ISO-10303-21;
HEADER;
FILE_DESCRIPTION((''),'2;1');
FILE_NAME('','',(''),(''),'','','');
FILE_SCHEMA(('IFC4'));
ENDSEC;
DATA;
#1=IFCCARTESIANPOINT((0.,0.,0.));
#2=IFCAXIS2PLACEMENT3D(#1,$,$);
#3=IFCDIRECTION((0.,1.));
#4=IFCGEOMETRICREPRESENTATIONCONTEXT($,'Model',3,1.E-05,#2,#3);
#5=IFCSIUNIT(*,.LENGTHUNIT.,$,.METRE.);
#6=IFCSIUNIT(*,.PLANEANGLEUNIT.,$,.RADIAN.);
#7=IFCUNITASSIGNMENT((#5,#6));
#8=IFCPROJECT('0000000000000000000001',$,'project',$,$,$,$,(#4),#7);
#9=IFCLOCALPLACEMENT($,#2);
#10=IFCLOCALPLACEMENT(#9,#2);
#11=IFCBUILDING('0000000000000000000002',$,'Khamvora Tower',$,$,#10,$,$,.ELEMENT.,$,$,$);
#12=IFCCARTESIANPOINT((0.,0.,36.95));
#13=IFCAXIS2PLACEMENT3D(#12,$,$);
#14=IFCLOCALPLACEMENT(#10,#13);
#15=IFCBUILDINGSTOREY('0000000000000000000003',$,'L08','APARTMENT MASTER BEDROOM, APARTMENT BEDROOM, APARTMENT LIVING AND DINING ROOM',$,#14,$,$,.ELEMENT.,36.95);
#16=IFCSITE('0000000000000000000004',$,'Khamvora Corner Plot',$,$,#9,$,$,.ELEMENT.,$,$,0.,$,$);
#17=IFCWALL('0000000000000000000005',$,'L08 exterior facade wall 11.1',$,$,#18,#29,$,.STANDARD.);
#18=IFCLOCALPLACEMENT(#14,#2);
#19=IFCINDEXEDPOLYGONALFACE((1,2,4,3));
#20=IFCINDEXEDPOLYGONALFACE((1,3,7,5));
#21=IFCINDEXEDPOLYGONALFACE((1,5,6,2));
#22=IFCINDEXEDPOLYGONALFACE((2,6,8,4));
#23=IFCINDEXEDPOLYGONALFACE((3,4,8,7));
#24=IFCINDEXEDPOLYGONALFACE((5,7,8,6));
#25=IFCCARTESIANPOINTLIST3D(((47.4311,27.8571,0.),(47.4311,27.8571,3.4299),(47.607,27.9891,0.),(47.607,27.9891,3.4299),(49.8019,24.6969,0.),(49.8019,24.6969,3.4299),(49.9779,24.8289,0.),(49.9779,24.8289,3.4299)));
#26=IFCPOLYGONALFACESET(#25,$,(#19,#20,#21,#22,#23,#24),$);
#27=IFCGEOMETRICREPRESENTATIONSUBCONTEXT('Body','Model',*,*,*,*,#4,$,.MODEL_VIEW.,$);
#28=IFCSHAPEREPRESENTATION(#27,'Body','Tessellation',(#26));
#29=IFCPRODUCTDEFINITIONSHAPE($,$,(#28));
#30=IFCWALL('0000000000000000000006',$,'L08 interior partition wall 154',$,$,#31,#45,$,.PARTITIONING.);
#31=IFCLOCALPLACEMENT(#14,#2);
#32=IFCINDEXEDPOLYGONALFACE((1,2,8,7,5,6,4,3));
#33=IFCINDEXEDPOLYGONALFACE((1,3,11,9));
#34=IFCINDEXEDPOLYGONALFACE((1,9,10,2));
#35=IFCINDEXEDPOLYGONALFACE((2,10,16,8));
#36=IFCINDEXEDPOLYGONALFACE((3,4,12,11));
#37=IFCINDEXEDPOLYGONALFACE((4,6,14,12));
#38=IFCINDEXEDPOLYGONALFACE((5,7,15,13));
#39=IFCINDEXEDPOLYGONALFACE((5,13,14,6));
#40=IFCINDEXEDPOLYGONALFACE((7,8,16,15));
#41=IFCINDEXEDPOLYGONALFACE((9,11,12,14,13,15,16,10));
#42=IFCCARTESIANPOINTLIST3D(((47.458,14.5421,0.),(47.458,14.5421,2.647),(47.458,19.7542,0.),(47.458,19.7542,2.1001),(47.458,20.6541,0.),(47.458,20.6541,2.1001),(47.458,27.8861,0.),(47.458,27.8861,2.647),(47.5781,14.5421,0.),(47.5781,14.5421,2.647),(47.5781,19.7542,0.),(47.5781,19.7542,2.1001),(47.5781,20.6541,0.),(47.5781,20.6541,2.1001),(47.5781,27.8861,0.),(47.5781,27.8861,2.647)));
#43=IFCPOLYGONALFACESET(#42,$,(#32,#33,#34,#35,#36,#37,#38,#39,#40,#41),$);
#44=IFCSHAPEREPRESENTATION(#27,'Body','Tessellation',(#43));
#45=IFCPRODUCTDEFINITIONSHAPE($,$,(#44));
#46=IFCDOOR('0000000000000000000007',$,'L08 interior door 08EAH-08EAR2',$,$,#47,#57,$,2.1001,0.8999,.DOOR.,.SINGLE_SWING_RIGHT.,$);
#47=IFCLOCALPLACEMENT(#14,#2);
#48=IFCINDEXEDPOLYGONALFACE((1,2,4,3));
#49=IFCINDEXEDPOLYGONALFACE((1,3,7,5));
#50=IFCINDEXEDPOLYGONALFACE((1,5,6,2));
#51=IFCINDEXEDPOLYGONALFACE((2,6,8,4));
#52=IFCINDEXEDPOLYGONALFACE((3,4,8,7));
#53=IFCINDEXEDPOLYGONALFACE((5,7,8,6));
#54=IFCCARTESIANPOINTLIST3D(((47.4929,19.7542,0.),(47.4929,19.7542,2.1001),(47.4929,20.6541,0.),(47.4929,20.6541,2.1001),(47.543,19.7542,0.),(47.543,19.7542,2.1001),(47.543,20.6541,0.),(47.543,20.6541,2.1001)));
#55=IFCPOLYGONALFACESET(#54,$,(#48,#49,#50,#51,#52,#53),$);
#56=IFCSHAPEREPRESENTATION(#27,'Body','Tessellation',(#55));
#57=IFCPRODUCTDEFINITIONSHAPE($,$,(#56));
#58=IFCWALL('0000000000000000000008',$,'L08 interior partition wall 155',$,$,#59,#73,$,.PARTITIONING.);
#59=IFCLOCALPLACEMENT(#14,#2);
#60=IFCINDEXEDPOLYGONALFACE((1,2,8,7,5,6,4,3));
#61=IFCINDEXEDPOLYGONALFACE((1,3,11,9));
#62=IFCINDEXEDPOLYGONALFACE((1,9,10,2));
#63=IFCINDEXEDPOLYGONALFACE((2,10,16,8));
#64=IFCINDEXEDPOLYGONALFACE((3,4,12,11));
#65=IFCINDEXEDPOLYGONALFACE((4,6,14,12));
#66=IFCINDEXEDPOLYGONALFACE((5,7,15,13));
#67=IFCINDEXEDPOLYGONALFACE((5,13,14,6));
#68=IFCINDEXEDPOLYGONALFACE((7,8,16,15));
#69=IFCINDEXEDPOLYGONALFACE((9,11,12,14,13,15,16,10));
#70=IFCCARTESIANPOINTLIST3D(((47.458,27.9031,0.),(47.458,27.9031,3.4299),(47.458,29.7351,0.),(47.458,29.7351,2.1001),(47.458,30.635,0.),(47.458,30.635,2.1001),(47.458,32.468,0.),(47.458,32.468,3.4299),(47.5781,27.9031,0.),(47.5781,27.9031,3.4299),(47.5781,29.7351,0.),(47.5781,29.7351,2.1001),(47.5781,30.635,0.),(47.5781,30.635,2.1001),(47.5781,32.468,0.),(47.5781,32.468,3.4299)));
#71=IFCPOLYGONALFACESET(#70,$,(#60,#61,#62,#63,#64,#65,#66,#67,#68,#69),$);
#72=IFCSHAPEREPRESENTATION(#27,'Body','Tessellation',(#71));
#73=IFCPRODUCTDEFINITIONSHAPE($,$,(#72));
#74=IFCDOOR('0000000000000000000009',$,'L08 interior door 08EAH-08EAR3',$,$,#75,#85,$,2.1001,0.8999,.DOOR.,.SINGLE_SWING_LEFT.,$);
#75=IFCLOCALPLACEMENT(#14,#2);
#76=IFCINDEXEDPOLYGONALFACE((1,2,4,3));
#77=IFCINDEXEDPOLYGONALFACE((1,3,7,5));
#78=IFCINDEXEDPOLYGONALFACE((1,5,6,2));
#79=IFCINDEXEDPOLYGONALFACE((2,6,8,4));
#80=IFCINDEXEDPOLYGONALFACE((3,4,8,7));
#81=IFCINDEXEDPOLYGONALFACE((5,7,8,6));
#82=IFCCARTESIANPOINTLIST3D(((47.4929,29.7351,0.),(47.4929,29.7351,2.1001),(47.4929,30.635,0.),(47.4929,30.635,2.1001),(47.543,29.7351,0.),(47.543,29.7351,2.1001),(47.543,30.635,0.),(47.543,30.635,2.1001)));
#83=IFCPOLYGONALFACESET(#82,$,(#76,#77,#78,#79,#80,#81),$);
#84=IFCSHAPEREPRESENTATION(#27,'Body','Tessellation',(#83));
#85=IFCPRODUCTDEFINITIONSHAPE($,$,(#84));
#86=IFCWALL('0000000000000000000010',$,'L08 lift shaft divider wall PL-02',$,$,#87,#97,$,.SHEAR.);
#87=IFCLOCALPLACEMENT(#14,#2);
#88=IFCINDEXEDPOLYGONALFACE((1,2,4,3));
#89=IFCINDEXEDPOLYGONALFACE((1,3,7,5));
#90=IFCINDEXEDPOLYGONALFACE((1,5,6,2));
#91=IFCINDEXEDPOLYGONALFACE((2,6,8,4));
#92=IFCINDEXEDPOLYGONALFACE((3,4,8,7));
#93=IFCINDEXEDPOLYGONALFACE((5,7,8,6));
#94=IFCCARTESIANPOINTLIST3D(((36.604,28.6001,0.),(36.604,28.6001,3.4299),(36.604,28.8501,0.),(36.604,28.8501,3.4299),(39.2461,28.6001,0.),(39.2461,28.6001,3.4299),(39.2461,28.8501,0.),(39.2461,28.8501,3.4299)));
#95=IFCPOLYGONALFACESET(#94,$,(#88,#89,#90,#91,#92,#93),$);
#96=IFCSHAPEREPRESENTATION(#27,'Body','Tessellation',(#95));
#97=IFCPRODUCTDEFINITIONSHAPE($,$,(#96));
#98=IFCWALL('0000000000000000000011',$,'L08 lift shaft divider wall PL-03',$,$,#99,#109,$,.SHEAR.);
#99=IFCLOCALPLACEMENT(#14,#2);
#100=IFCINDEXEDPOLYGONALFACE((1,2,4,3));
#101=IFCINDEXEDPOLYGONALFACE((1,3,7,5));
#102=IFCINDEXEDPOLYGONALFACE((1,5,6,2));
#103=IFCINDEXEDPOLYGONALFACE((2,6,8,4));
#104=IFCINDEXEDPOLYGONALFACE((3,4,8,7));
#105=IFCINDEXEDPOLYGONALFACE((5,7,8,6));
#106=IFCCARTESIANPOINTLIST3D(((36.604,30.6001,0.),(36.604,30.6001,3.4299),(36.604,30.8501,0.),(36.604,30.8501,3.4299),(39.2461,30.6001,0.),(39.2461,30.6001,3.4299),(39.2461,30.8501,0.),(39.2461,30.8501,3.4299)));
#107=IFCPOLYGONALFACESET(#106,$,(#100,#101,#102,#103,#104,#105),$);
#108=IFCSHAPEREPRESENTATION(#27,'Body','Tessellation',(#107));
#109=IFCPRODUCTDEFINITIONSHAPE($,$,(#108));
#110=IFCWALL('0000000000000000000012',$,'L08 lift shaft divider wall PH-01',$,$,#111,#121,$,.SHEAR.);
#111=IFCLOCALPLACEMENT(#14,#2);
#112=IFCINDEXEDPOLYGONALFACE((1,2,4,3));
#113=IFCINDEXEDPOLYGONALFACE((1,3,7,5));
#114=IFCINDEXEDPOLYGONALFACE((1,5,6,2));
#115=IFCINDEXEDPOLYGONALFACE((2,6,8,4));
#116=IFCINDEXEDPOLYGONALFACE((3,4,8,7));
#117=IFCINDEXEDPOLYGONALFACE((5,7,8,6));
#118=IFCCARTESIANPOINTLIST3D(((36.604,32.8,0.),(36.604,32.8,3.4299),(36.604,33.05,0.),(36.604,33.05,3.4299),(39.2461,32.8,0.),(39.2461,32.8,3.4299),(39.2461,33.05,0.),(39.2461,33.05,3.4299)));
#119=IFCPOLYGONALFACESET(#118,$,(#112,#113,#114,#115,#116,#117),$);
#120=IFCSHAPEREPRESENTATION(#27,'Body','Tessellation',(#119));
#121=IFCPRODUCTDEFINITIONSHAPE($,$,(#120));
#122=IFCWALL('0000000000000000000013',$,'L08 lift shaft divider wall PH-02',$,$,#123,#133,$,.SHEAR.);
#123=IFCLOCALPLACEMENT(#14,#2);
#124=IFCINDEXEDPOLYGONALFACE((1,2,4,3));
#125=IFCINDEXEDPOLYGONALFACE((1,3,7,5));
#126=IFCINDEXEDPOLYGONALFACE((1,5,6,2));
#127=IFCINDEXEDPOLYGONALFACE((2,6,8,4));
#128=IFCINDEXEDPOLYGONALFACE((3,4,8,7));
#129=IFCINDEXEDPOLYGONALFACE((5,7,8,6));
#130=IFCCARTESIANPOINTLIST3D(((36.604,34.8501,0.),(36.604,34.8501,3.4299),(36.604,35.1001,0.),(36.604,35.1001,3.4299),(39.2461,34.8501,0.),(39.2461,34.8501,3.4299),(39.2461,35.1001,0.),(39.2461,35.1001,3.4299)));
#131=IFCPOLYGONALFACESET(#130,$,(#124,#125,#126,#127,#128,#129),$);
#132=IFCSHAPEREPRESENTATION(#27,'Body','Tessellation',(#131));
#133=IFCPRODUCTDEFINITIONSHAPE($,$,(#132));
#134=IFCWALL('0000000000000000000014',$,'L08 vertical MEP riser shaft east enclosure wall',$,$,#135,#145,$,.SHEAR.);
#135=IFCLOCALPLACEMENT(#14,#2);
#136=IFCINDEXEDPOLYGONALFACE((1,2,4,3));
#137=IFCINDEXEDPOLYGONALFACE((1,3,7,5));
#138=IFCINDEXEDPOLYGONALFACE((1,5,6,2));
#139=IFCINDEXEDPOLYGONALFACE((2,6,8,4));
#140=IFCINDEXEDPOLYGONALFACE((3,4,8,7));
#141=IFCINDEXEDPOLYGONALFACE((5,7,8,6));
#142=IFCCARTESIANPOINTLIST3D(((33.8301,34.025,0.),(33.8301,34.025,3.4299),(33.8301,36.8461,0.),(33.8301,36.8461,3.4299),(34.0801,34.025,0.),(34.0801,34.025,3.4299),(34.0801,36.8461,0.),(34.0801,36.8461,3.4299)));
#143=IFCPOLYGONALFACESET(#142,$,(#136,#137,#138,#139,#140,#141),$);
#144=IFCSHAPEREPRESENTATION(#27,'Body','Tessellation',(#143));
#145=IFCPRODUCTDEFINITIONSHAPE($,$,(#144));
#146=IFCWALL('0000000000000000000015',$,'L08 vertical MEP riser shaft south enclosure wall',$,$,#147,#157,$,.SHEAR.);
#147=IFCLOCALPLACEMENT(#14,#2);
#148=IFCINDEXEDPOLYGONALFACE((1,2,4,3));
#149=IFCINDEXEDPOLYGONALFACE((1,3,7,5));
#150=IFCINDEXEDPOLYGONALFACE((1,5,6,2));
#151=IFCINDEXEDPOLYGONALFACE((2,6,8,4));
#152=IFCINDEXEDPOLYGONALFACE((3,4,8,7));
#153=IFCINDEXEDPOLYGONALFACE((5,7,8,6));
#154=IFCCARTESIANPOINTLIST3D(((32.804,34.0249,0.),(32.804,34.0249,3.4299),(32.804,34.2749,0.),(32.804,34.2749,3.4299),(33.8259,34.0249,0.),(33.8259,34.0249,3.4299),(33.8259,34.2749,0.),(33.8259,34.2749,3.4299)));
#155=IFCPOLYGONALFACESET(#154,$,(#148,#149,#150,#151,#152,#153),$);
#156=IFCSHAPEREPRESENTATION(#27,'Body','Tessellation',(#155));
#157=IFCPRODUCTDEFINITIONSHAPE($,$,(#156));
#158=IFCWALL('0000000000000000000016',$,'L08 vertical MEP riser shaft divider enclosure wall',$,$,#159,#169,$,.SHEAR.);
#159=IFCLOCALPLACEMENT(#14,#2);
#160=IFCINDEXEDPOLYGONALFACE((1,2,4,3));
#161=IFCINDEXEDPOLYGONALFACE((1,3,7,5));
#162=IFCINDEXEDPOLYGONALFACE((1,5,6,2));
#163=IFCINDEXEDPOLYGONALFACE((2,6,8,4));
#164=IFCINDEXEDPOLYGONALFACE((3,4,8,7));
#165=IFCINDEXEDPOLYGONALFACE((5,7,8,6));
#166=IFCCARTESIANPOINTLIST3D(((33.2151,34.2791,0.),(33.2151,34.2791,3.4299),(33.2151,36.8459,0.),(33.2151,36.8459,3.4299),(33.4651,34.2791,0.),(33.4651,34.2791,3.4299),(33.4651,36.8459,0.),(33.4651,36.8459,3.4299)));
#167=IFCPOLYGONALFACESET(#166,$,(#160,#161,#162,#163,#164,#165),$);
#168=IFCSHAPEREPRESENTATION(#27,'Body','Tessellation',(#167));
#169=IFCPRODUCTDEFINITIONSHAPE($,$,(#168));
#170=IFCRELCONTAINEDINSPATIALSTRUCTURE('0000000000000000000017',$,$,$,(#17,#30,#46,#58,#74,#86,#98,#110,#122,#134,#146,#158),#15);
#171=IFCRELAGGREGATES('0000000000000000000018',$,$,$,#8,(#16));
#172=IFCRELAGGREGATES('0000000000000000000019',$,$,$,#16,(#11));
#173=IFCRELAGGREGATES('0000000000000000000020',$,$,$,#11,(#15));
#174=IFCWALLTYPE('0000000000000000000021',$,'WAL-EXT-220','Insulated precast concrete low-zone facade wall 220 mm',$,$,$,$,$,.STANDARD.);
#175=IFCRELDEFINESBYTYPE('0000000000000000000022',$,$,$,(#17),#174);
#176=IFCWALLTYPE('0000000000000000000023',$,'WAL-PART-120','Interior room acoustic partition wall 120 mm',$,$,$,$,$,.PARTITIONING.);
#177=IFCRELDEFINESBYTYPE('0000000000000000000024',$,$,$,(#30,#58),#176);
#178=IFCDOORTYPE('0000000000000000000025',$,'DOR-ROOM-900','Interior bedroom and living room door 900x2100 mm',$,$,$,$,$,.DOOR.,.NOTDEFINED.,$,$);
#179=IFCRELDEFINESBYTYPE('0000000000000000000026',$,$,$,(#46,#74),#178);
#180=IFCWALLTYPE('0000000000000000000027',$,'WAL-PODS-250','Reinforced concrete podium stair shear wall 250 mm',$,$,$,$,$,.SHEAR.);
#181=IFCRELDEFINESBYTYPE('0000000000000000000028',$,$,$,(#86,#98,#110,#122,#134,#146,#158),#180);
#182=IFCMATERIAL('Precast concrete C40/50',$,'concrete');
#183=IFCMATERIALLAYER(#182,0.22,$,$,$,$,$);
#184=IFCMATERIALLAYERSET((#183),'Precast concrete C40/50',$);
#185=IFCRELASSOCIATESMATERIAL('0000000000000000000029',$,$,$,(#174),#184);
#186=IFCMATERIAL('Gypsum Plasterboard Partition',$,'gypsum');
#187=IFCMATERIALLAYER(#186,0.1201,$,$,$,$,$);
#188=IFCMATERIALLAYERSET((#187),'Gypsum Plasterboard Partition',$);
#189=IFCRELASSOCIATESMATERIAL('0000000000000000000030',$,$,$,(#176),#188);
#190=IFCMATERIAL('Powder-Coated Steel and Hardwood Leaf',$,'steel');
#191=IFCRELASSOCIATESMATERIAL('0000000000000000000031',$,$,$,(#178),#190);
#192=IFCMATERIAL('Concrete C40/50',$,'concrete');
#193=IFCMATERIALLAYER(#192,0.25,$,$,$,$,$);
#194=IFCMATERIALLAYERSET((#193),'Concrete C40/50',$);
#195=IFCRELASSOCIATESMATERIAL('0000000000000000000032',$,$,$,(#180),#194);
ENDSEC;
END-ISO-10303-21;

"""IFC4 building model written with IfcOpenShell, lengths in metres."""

from ifc_helpers import new_model, si_unit, direction, frame, frame_2d, origin, place, context, subcontext, project, spatial, rectangle, extrude, material, layer, layer_set, type_object, element, fill, save


model = new_model("IFC4")

# Units and contexts
model_context = context("Model", 3, precision=1e-05, world=origin(), true_north=direction((0.0, 1.0)))
body_context = subcontext(model_context, "Body", "Model", "MODEL_VIEW")
ifc_project = project(units=[si_unit("LENGTHUNIT", "METRE"), si_unit("PLANEANGLEUNIT", "RADIAN")], contexts=[model_context])

# Site, building, storey
site_placement = place(None, origin())
site = spatial("IfcSite", under=ifc_project, at=site_placement, Name="Khamvora Corner Plot", CompositionType="ELEMENT", RefElevation=0.0)
building_placement = place(site_placement, origin())
building = spatial("IfcBuilding", under=site, at=building_placement, Name="Khamvora Tower", CompositionType="ELEMENT")
storey_placement = place(building_placement, frame((0.0, 0.0, 36.95)))
storey = spatial("IfcBuildingStorey", under=building, at=storey_placement, Name="L08", Description="APARTMENT MASTER BEDROOM, APARTMENT BEDROOM, APARTMENT LIVING AND DINING ROOM", CompositionType="ELEMENT", Elevation=36.95)

# Shared definitions
ifc_material_1 = material(Name="Powder-Coated Steel and Hardwood Leaf", Category="steel")

# Wall
ifc_material_2 = material(Name="Precast concrete C40/50", Category="concrete")
ifc_layer_1 = layer(ifc_material_2, 0.22)
ifc_layer_set_1 = layer_set([ifc_layer_1], Name="Precast concrete C40/50")
wall_type_1 = type_object("IfcWallType", Name="WAL-EXT-220", Description="Insulated precast concrete low-zone facade wall 220 mm", PredefinedType="STANDARD", material=ifc_layer_set_1)
wall_1_placement = place(storey_placement, frame((47.519, 27.9231, 0.0), z_axis=(0.0, 0.0, 1.0), x_axis=(0.600119, -0.799911, 0.0)))
element("IfcWall", 1, at=wall_1_placement, inside=storey, type_object=wall_type_1, Name="L08 exterior facade wall 11.1", PredefinedType="STANDARD", context=body_context, shape_type="SweptSolid", body=[
    extrude(rectangle(XDim=3.9507, YDim=0.22, at=frame_2d((1.9753, 0.0))), origin(), (0.0, 0.0, 1.0), 3.4299),
])

# Walls, openings, doors
ifc_material_3 = material(Name="Gypsum Plasterboard Partition", Category="gypsum")
ifc_layer_2 = layer(ifc_material_3, 0.1201)
ifc_layer_set_2 = layer_set([ifc_layer_2], Name="Gypsum Plasterboard Partition")
wall_type_2 = type_object("IfcWallType", Name="WAL-PART-120", Description="Interior room acoustic partition wall 120 mm", PredefinedType="PARTITIONING", material=ifc_layer_set_2)
wall_2_placement = place(storey_placement, frame((47.5181, 27.886, 0.0), z_axis=(0.0, 0.0, 1.0), x_axis=(0.0, -1.0, 0.0)))
wall_2 = element("IfcWall", 2, at=wall_2_placement, inside=storey, type_object=wall_type_2, Name="L08 interior partition wall 154", PredefinedType="PARTITIONING", context=body_context, shape_type="SweptSolid", body=[
    extrude(rectangle(XDim=13.344, YDim=0.1201, at=frame_2d((6.6719, 0.0))), origin(), (0.0, 0.0, 1.0), 2.647),
])
opening_1_placement = place(wall_2_placement, frame((7.2319, 0.0, 0.0)))
opening_1 = element("IfcOpeningElement", 3, at=opening_1_placement, cuts=wall_2, PredefinedType="OPENING", context=body_context, shape_type="SweptSolid", body=[
    extrude(rectangle(XDim=0.8999, YDim=2.1001, at=frame_2d((0.45, 1.05))), frame((0.0, 0.0701, 0.0), z_axis=(0.0, -1.0, 0.0), x_axis=(1.0, 0.0, 0.0)), (0.0, 0.0, 1.0), 0.1401),
])
door_type_1 = type_object("IfcDoorType", Name="DOR-ROOM-900", Description="Interior bedroom and living room door 900x2100 mm", OperationType="NOTDEFINED", PredefinedType="DOOR", material=ifc_material_1)
door_1_placement = place(opening_1_placement, origin())
door_1 = element("IfcDoor", 4, at=door_1_placement, inside=storey, type_object=door_type_1, Name="L08 interior door 08EAH-08EAR2", OperationType="SINGLE_SWING_RIGHT", OverallHeight=2.1001, OverallWidth=0.8999, PredefinedType="DOOR", context=body_context, shape_type="SweptSolid", body=[
    extrude(rectangle(XDim=0.8999, YDim=2.1001, at=frame_2d((0.45, 1.05))), frame((0.0, 0.0249, 0.0), z_axis=(0.0, -1.0, 0.0), x_axis=(1.0, 0.0, 0.0)), (0.0, 0.0, 1.0), 0.05),
])
fill(opening_1, door_1)
wall_3_placement = place(storey_placement, frame((47.5181, 32.468, 0.0), z_axis=(0.0, 0.0, 1.0), x_axis=(0.0, -1.0, 0.0)))
wall_3 = element("IfcWall", 5, at=wall_3_placement, inside=storey, type_object=wall_type_2, Name="L08 interior partition wall 155", PredefinedType="PARTITIONING", context=body_context, shape_type="SweptSolid", body=[
    extrude(rectangle(XDim=4.5649, YDim=0.1201, at=frame_2d((2.2825, 0.0))), origin(), (0.0, 0.0, 1.0), 3.4299),
])
opening_2_placement = place(wall_3_placement, frame((1.833, 0.0, 0.0)))
opening_2 = element("IfcOpeningElement", 6, at=opening_2_placement, cuts=wall_3, PredefinedType="OPENING", context=body_context, shape_type="SweptSolid", body=[
    extrude(rectangle(XDim=0.8999, YDim=2.1001, at=frame_2d((0.45, 1.05))), frame((0.0, 0.0701, 0.0), z_axis=(0.0, -1.0, 0.0), x_axis=(1.0, 0.0, 0.0)), (0.0, 0.0, 1.0), 0.1401),
])
door_2_placement = place(opening_2_placement, origin())
door_2 = element("IfcDoor", 7, at=door_2_placement, inside=storey, type_object=door_type_1, Name="L08 interior door 08EAH-08EAR3", OperationType="SINGLE_SWING_LEFT", OverallHeight=2.1001, OverallWidth=0.8999, PredefinedType="DOOR", context=body_context, shape_type="SweptSolid", body=[
    extrude(rectangle(XDim=0.8999, YDim=2.1001, at=frame_2d((0.45, 1.05))), frame((0.0, 0.0249, 0.0), z_axis=(0.0, -1.0, 0.0), x_axis=(1.0, 0.0, 0.0)), (0.0, 0.0, 1.0), 0.05),
])
fill(opening_2, door_2)

# Walls
ifc_material_4 = material(Name="Concrete C40/50", Category="concrete")
ifc_layer_3 = layer(ifc_material_4, 0.25)
ifc_layer_set_3 = layer_set([ifc_layer_3], Name="Concrete C40/50")
wall_type_3 = type_object("IfcWallType", Name="WAL-PODS-250", Description="Reinforced concrete podium stair shear wall 250 mm", PredefinedType="SHEAR", material=ifc_layer_set_3)
for number, where, z_axis, x_axis, name in (
    (8, (36.604, 28.7251, 0.0), (0.0, 0.0, 1.0), (1.0, 0.0, 0.0), "L08 lift shaft divider wall PL-02"),
    (9, (36.604, 30.7251, 0.0), (0.0, 0.0, 1.0), (1.0, 0.0, 0.0), "L08 lift shaft divider wall PL-03"),
    (10, (36.604, 32.925, 0.0), (0.0, 0.0, 1.0), (1.0, 0.0, 0.0), "L08 lift shaft divider wall PH-01"),
    (11, (36.604, 34.9751, 0.0), (0.0, 0.0, 1.0), (1.0, 0.0, 0.0), "L08 lift shaft divider wall PH-02"),
):
    element("IfcWall", number, at=place(storey_placement, frame(where, z_axis=z_axis, x_axis=x_axis)), inside=storey, type_object=wall_type_3, Name=name, PredefinedType="SHEAR", context=body_context, shape_type="SweptSolid", body=[
        extrude(rectangle(XDim=2.6421, YDim=0.25, at=frame_2d((1.321, 0.0))), origin(), (0.0, 0.0, 1.0), 3.4299),
    ])
wall_4_placement = place(storey_placement, frame((33.9551, 34.0249, 0.0), z_axis=(0.0, 0.0, 1.0), x_axis=(0.0, 1.0, 0.0)))
element("IfcWall", 12, at=wall_4_placement, inside=storey, type_object=wall_type_3, Name="L08 vertical MEP riser shaft east enclosure wall", PredefinedType="SHEAR", context=body_context, shape_type="SweptSolid", body=[
    extrude(rectangle(XDim=2.821, YDim=0.25, at=frame_2d((1.4106, 0.0))), origin(), (0.0, 0.0, 1.0), 3.4299),
])
wall_5_placement = place(storey_placement, frame((32.804, 34.1499, 0.0), z_axis=(0.0, 0.0, 1.0), x_axis=(1.0, 0.0, 0.0)))
element("IfcWall", 13, at=wall_5_placement, inside=storey, type_object=wall_type_3, Name="L08 vertical MEP riser shaft south enclosure wall", PredefinedType="SHEAR", context=body_context, shape_type="SweptSolid", body=[
    extrude(rectangle(XDim=1.022, YDim=0.25, at=frame_2d((0.511, 0.0))), origin(), (0.0, 0.0, 1.0), 3.4299),
])
wall_6_placement = place(storey_placement, frame((33.3401, 34.2791, 0.0), z_axis=(0.0, 0.0, 1.0), x_axis=(0.0, 1.0, 0.0)))
element("IfcWall", 14, at=wall_6_placement, inside=storey, type_object=wall_type_3, Name="L08 vertical MEP riser shaft divider enclosure wall", PredefinedType="SHEAR", context=body_context, shape_type="SweptSolid", body=[
    extrude(rectangle(XDim=2.5669, YDim=0.25, at=frame_2d((1.2834, 0.0))), origin(), (0.0, 0.0, 1.0), 3.4299),
])

save(model, "model.ifc")
